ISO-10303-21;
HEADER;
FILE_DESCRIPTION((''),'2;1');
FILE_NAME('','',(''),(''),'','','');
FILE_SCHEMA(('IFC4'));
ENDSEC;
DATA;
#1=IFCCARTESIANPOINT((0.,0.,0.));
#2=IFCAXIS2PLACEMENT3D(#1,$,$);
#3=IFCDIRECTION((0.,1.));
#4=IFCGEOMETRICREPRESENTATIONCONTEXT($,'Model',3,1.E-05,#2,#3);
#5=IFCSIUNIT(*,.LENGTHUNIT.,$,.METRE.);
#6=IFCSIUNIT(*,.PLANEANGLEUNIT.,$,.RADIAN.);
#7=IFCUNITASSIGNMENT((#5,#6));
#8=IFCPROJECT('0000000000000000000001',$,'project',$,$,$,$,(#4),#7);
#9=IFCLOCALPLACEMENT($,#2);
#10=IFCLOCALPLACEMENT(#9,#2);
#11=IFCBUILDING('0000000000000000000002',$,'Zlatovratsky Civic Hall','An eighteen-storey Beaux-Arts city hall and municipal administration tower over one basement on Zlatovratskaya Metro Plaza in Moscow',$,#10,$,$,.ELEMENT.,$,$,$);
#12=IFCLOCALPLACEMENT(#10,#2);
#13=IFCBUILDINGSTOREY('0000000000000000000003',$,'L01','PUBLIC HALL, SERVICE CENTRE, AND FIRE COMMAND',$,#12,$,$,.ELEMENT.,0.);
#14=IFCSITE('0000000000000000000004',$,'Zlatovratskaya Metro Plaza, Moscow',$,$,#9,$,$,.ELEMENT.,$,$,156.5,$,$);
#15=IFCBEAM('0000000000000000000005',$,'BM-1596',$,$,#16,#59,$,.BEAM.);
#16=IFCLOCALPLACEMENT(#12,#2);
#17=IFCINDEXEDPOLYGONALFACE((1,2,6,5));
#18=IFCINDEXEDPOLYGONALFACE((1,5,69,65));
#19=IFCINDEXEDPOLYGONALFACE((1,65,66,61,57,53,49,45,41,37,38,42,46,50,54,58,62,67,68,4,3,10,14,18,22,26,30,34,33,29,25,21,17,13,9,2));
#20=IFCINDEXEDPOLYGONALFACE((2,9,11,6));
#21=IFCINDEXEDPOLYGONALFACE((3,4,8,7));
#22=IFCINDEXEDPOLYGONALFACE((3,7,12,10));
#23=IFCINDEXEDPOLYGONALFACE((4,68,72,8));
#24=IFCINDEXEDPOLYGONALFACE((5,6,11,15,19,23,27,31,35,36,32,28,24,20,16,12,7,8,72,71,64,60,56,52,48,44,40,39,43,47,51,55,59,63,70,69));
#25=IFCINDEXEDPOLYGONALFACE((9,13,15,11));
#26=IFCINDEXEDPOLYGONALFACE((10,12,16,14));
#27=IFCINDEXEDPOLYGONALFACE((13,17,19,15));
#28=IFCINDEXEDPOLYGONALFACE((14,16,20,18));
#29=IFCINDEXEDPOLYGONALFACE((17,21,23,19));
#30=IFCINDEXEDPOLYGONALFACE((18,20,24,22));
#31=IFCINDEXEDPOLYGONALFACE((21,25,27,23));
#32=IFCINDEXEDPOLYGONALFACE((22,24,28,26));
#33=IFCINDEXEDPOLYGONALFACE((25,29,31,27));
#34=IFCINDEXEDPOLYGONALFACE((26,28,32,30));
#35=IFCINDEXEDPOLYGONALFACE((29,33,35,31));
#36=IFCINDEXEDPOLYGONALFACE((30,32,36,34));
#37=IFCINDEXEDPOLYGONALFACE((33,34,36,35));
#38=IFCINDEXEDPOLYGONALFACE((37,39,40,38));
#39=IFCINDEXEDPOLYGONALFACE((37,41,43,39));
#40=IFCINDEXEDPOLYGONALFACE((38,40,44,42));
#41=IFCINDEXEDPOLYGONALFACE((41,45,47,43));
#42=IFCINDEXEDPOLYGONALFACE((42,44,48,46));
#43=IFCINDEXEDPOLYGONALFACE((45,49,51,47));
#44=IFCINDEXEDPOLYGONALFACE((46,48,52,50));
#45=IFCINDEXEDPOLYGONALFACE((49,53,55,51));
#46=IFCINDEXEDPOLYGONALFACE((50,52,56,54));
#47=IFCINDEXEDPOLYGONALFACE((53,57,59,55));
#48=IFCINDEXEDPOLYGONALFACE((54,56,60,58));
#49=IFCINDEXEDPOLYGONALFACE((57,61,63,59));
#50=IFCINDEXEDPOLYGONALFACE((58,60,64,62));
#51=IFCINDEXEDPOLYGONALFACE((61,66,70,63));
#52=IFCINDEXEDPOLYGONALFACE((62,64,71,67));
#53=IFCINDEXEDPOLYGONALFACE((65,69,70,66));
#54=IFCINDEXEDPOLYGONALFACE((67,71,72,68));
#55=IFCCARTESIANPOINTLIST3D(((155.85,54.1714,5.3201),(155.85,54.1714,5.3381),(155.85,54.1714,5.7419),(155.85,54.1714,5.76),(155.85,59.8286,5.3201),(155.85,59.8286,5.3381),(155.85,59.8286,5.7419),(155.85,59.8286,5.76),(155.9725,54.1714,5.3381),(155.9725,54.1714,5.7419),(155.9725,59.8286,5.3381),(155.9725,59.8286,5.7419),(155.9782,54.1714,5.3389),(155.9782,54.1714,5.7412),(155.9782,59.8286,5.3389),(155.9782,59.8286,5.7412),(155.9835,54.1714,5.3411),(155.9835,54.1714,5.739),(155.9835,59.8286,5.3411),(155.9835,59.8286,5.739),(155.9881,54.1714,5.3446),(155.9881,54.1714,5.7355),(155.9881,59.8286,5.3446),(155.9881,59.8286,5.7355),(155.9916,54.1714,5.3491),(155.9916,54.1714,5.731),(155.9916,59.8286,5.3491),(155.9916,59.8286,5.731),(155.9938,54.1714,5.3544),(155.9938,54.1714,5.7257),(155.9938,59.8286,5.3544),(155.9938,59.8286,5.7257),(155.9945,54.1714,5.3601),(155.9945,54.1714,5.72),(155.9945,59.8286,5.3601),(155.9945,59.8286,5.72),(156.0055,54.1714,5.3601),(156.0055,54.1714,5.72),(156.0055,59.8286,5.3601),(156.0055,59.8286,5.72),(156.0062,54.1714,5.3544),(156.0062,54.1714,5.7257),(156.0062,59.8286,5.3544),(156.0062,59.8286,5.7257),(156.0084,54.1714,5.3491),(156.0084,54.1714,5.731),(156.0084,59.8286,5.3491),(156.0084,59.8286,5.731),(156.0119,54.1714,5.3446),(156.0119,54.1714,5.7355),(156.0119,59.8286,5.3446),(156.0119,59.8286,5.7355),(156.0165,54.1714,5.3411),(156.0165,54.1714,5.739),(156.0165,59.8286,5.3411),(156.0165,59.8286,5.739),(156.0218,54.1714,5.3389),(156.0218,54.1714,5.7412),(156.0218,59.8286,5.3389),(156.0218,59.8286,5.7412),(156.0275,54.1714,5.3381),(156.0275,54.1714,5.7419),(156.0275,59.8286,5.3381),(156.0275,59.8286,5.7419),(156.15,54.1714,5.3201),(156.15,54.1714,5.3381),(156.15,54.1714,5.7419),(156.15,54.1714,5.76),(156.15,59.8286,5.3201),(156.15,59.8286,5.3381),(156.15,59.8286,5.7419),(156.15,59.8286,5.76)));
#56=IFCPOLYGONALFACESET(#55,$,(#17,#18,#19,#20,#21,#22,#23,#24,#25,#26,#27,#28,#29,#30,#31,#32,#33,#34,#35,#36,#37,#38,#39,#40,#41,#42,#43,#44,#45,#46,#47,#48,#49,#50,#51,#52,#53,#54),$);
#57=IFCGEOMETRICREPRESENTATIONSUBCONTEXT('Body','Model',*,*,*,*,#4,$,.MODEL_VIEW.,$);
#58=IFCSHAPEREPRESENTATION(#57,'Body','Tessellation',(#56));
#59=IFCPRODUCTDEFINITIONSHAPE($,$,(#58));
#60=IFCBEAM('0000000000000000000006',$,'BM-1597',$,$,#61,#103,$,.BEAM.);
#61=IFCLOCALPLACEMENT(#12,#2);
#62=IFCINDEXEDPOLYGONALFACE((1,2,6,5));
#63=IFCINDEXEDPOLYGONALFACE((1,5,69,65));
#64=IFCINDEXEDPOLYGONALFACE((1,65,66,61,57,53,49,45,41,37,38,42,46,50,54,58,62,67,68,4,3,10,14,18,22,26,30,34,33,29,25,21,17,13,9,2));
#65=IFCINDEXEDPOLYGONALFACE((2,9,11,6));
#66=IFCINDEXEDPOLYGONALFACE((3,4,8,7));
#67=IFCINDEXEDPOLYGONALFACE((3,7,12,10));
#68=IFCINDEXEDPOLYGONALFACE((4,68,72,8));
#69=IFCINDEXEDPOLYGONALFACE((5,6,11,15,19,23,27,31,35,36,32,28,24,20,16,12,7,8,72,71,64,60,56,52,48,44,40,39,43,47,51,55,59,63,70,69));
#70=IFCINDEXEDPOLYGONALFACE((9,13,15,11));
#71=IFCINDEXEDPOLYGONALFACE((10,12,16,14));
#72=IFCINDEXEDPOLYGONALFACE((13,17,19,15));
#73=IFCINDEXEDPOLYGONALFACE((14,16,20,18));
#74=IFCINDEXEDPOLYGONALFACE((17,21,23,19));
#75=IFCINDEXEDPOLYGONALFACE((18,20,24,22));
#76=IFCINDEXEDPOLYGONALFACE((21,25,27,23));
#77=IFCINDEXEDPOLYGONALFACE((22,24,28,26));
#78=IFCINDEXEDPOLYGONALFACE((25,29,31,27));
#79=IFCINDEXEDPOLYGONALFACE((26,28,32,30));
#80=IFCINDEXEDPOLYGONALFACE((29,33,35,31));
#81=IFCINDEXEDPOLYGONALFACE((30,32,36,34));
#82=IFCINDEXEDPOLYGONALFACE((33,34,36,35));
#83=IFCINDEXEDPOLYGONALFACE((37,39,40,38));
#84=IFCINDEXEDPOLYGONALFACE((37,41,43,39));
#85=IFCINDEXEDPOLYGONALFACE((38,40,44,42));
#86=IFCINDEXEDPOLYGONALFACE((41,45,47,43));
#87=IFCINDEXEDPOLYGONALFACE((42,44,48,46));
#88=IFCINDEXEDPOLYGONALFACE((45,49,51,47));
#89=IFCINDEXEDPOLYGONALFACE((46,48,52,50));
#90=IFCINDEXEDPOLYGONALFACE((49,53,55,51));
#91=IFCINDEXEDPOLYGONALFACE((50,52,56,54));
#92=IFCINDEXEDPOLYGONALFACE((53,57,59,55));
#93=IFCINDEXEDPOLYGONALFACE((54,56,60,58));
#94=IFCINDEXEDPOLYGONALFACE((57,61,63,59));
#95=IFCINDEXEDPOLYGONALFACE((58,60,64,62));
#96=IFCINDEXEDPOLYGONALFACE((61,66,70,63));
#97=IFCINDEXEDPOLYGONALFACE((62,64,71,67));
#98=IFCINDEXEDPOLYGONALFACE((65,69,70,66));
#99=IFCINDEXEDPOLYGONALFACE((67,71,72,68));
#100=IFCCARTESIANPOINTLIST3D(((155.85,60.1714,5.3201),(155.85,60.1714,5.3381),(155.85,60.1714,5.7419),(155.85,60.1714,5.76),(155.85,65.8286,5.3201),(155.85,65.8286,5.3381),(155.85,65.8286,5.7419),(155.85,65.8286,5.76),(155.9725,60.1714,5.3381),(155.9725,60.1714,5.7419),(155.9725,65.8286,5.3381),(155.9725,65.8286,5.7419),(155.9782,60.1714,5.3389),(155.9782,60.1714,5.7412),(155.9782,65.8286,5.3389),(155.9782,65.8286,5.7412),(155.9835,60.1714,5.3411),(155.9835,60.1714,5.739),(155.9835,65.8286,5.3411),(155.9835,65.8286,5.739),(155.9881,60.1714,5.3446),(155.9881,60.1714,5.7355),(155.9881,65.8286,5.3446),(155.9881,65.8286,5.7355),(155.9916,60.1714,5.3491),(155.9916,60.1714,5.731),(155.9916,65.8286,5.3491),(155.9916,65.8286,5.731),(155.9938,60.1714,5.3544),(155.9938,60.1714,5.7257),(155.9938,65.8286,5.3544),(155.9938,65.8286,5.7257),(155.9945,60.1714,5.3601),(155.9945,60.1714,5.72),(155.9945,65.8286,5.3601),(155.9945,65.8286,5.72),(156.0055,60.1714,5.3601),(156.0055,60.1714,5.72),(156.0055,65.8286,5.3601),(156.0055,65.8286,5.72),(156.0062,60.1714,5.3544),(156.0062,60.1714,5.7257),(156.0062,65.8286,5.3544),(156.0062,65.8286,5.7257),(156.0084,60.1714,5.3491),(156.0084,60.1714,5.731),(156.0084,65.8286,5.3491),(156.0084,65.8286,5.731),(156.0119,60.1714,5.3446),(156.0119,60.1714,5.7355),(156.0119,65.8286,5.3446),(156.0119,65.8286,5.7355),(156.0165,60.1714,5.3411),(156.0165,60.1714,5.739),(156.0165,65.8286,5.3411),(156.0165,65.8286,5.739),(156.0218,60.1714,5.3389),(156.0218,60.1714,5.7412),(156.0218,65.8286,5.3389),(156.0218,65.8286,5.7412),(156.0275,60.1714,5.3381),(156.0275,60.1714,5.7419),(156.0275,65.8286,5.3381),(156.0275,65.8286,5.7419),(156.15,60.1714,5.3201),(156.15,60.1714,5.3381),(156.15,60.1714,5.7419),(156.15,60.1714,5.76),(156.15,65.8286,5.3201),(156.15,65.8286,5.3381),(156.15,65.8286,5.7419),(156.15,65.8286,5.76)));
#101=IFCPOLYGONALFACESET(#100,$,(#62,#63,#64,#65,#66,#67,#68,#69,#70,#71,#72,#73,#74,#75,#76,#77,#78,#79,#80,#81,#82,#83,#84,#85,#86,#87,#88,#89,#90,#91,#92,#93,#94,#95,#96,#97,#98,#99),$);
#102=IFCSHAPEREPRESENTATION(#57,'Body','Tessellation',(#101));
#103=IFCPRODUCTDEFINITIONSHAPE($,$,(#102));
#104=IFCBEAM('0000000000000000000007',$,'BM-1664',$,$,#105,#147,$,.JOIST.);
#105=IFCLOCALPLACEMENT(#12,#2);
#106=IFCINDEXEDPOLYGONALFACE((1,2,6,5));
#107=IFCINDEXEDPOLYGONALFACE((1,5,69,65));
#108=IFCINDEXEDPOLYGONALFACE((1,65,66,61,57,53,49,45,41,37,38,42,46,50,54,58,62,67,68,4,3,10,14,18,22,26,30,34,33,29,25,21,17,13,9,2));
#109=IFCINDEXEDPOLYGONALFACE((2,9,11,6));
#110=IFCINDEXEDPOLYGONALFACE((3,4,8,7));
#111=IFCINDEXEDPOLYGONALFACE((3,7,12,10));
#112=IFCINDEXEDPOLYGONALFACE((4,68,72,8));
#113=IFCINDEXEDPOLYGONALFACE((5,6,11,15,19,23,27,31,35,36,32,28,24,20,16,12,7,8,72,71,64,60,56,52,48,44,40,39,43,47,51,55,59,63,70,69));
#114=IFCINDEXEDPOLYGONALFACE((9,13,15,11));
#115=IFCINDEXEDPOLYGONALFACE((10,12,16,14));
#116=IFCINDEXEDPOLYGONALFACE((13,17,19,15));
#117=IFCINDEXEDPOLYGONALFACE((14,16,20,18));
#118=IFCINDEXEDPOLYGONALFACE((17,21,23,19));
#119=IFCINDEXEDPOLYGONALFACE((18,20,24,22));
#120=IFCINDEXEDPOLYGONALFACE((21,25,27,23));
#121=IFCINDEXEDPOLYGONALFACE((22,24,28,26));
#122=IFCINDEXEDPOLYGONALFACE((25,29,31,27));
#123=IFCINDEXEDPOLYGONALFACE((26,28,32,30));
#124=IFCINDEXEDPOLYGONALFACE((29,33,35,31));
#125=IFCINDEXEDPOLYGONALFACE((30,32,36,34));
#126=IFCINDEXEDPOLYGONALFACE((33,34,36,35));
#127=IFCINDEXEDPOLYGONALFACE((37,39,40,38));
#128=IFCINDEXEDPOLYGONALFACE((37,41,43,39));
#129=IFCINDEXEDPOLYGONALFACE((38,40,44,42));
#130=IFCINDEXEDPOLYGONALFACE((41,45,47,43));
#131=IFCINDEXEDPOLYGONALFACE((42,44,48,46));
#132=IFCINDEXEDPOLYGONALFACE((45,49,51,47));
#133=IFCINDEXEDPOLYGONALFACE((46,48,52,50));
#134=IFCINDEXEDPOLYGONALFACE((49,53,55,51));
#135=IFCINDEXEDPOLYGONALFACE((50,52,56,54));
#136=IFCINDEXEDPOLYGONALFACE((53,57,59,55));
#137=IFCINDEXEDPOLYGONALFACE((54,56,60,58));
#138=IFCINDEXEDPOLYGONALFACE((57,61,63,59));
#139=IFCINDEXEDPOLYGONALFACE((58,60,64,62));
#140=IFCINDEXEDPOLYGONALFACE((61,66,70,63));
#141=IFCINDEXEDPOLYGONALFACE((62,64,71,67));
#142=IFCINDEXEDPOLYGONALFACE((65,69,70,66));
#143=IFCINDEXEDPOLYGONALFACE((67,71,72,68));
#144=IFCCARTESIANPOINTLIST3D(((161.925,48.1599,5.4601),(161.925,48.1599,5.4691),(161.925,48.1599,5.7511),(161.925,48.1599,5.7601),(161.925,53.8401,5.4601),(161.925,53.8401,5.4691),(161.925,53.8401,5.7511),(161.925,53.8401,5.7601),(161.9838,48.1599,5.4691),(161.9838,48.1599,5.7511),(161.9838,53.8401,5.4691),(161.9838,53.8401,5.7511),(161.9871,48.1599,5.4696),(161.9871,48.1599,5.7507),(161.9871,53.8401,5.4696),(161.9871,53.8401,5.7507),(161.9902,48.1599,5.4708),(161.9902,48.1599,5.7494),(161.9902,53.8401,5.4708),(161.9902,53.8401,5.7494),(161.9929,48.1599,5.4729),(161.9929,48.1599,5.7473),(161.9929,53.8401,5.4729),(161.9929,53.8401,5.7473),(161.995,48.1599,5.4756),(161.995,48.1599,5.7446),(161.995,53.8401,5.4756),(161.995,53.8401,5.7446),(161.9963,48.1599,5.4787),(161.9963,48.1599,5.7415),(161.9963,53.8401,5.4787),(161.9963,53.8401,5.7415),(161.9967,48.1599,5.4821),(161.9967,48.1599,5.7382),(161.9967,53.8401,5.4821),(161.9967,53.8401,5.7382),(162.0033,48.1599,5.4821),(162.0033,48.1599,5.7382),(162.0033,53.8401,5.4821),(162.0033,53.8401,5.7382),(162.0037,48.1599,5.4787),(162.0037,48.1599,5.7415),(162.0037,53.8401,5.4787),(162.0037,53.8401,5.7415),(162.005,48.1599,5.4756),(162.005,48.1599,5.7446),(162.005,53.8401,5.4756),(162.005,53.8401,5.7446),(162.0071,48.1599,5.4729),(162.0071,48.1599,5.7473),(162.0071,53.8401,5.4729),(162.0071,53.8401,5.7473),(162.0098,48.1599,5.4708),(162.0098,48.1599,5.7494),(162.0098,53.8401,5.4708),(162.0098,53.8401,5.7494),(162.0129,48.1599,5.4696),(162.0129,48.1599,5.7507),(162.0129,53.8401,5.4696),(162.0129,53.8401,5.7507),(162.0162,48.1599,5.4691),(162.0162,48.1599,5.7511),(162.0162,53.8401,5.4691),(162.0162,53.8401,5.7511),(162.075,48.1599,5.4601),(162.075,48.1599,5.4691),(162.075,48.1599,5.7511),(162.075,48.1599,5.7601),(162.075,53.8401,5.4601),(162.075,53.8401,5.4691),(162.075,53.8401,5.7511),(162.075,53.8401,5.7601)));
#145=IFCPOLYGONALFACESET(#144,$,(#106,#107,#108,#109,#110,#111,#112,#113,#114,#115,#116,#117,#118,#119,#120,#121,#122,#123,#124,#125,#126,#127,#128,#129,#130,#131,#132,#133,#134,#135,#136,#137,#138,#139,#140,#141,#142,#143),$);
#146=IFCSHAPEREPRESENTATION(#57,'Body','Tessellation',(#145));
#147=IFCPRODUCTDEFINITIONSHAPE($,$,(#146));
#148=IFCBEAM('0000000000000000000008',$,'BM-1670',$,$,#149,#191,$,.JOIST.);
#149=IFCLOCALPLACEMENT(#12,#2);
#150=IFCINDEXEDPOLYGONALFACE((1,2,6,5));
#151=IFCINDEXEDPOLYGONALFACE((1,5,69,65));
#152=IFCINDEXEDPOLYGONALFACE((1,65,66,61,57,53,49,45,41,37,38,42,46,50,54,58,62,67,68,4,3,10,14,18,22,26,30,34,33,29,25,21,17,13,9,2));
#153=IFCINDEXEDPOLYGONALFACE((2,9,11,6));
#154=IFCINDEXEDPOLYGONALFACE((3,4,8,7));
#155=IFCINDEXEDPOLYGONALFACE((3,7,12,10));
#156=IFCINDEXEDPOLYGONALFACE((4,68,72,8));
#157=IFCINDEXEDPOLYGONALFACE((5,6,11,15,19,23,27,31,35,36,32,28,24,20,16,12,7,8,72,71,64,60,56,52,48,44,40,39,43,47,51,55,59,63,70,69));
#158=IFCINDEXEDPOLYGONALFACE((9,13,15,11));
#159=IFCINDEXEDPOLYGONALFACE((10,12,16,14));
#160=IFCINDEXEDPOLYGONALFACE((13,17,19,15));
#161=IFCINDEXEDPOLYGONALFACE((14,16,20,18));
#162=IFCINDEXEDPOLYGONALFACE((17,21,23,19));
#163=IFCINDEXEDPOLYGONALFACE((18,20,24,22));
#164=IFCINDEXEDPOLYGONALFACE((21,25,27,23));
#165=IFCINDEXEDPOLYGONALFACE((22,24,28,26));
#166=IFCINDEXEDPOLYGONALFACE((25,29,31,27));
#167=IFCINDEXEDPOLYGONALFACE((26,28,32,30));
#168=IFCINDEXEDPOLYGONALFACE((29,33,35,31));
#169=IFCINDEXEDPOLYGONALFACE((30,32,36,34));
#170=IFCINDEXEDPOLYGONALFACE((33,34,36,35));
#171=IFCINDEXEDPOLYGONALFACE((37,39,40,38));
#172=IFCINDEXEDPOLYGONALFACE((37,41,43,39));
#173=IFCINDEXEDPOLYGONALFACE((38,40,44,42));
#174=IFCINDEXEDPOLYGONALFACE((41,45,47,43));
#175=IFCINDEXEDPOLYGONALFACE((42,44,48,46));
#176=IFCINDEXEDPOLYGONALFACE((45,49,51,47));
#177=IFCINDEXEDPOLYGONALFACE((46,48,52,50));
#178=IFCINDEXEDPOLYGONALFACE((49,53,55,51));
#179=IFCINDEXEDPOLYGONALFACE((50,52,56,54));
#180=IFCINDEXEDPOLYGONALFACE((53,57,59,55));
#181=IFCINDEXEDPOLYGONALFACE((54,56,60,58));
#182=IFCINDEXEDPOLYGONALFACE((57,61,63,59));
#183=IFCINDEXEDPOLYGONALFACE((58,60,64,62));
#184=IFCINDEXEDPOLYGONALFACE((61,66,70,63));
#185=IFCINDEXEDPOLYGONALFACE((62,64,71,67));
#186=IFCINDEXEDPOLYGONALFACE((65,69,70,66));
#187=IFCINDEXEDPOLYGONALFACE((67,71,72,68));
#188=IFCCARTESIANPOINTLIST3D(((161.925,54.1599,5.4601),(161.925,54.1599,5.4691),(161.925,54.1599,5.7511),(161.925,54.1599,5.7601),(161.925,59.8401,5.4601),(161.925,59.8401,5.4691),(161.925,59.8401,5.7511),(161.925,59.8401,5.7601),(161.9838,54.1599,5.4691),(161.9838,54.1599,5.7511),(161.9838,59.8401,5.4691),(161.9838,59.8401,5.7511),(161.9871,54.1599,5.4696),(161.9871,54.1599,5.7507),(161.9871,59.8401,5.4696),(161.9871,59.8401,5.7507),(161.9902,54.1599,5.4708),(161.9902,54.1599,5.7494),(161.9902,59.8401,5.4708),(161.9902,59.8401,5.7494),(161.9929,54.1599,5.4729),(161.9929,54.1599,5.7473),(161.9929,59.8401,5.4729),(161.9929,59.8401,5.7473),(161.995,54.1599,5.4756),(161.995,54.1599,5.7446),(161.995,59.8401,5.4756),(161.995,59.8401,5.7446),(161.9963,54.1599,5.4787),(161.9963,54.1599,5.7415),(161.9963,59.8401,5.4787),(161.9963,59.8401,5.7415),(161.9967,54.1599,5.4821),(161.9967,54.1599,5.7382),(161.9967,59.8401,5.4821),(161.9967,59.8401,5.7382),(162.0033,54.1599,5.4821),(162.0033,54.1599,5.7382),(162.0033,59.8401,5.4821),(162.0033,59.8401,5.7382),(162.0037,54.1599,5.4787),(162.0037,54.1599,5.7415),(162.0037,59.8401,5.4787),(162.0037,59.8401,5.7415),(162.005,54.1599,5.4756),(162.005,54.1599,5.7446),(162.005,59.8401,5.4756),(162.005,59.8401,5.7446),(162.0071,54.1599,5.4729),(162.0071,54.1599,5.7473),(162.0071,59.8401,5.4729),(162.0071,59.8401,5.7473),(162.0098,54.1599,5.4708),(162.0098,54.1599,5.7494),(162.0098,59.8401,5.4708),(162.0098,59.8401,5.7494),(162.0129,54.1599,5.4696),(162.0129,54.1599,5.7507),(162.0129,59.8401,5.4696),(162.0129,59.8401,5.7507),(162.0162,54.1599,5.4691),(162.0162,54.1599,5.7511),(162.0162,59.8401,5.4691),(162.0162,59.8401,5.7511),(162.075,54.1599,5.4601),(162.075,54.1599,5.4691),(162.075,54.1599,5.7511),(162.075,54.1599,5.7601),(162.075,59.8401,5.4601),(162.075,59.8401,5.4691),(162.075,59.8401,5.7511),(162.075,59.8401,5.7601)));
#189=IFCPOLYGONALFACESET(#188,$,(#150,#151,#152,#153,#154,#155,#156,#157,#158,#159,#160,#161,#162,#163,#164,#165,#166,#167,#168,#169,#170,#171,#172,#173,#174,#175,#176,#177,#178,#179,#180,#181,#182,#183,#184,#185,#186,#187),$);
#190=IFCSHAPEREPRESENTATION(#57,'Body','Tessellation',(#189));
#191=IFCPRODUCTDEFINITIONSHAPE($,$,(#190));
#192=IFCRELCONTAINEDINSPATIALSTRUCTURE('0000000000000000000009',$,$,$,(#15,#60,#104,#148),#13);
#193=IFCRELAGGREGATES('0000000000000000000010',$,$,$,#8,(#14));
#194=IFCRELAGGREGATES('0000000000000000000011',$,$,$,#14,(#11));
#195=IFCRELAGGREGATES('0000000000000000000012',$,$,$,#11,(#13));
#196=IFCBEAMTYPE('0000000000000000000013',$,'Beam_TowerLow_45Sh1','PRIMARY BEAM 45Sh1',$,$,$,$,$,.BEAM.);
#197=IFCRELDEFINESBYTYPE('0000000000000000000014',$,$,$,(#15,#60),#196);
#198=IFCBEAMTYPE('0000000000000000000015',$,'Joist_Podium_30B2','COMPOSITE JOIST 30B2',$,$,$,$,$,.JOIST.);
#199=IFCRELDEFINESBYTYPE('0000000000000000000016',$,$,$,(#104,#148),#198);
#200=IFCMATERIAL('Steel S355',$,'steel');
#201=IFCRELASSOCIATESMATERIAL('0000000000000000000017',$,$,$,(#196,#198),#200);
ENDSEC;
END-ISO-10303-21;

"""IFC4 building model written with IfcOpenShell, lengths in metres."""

from ifc_helpers import new_model, si_unit, direction, frame, origin, origin_2d, place, context, subcontext, project, spatial, i_section, extrude, material, material_profile, profile_set, type_object, element, save


model = new_model("IFC4")

# Units and contexts
model_context = context("Model", 3, precision=1e-05, world=origin(), true_north=direction((0.0, 1.0)))
body_context = subcontext(model_context, "Body", "Model", "MODEL_VIEW")
ifc_project = project(units=[si_unit("LENGTHUNIT", "METRE"), si_unit("PLANEANGLEUNIT", "RADIAN")], contexts=[model_context])

# Site, building, storey
site_placement = place(None, origin())
site = spatial("IfcSite", under=ifc_project, at=site_placement, Name="Zlatovratskaya Metro Plaza, Moscow", CompositionType="ELEMENT", RefElevation=156.5)
building_placement = place(site_placement, origin())
building = spatial("IfcBuilding", under=site, at=building_placement, Name="Zlatovratsky Civic Hall", Description="An eighteen-storey Beaux-Arts city hall and municipal administration tower over one basement on Zlatovratskaya Metro Plaza in Moscow", CompositionType="ELEMENT")
storey_placement = place(building_placement, origin())
storey = spatial("IfcBuildingStorey", under=building, at=storey_placement, Name="L01", Description="PUBLIC HALL, SERVICE CENTRE, AND FIRE COMMAND", CompositionType="ELEMENT", Elevation=0.0)

# Shared definitions
ifc_material_1 = material(Name="Steel S355", Category="steel")

# Beams
ifc_material_profile_1 = material_profile(ifc_material_1, i_section(OverallWidth=0.3, OverallDepth=0.4399, WebThickness=0.011, FlangeThickness=0.0181, FilletRadius=0.022, at=origin_2d()), Name="45Sh1")
ifc_profile_set_1 = profile_set([ifc_material_profile_1], Name="Steel S355")
beam_type_1 = type_object("IfcBeamType", Name="Beam_TowerLow_45Sh1", Description="PRIMARY BEAM 45Sh1", PredefinedType="BEAM", material=ifc_profile_set_1)
for number, where, z_axis, x_axis, name in (
    (1, (156.0, 54.1714, 5.54), (0.0, 1.0, 0.0), (-1.0, 0.0, 0.0), "BM-1596"),
    (2, (156.0, 60.1714, 5.54), (0.0, 1.0, 0.0), (-1.0, 0.0, 0.0), "BM-1597"),
):
    element("IfcBeam", number, at=place(storey_placement, frame(where, z_axis=z_axis, x_axis=x_axis)), inside=storey, type_object=beam_type_1, Name=name, PredefinedType="BEAM", context=body_context, shape_type="SweptSolid", body=[
        extrude(i_section(OverallWidth=0.3, OverallDepth=0.4399, WebThickness=0.011, FlangeThickness=0.0181, FilletRadius=0.022, at=origin_2d()), origin(), (0.0, 0.0, 1.0), 5.6572),
    ])
ifc_material_profile_2 = material_profile(ifc_material_1, i_section(OverallWidth=0.1499, OverallDepth=0.3, WebThickness=0.0066, FlangeThickness=0.009, FilletRadius=0.0129, at=origin_2d()), Name="30B2")
ifc_profile_set_2 = profile_set([ifc_material_profile_2], Name="Steel S355")
beam_type_2 = type_object("IfcBeamType", Name="Joist_Podium_30B2", Description="COMPOSITE JOIST 30B2", PredefinedType="JOIST", material=ifc_profile_set_2)
for number, where, z_axis, x_axis, name in (
    (3, (162.0, 48.1599, 5.6101), (0.0, 1.0, 0.0), (-1.0, 0.0, 0.0), "BM-1664"),
    (4, (162.0, 54.1599, 5.6101), (0.0, 1.0, 0.0), (-1.0, 0.0, 0.0), "BM-1670"),
):
    element("IfcBeam", number, at=place(storey_placement, frame(where, z_axis=z_axis, x_axis=x_axis)), inside=storey, type_object=beam_type_2, Name=name, PredefinedType="JOIST", context=body_context, shape_type="SweptSolid", body=[
        extrude(i_section(OverallWidth=0.1499, OverallDepth=0.3, WebThickness=0.0066, FlangeThickness=0.009, FilletRadius=0.0129, at=origin_2d()), origin(), (0.0, 0.0, 1.0), 5.6802),
    ])

save(model, "model.ifc")
